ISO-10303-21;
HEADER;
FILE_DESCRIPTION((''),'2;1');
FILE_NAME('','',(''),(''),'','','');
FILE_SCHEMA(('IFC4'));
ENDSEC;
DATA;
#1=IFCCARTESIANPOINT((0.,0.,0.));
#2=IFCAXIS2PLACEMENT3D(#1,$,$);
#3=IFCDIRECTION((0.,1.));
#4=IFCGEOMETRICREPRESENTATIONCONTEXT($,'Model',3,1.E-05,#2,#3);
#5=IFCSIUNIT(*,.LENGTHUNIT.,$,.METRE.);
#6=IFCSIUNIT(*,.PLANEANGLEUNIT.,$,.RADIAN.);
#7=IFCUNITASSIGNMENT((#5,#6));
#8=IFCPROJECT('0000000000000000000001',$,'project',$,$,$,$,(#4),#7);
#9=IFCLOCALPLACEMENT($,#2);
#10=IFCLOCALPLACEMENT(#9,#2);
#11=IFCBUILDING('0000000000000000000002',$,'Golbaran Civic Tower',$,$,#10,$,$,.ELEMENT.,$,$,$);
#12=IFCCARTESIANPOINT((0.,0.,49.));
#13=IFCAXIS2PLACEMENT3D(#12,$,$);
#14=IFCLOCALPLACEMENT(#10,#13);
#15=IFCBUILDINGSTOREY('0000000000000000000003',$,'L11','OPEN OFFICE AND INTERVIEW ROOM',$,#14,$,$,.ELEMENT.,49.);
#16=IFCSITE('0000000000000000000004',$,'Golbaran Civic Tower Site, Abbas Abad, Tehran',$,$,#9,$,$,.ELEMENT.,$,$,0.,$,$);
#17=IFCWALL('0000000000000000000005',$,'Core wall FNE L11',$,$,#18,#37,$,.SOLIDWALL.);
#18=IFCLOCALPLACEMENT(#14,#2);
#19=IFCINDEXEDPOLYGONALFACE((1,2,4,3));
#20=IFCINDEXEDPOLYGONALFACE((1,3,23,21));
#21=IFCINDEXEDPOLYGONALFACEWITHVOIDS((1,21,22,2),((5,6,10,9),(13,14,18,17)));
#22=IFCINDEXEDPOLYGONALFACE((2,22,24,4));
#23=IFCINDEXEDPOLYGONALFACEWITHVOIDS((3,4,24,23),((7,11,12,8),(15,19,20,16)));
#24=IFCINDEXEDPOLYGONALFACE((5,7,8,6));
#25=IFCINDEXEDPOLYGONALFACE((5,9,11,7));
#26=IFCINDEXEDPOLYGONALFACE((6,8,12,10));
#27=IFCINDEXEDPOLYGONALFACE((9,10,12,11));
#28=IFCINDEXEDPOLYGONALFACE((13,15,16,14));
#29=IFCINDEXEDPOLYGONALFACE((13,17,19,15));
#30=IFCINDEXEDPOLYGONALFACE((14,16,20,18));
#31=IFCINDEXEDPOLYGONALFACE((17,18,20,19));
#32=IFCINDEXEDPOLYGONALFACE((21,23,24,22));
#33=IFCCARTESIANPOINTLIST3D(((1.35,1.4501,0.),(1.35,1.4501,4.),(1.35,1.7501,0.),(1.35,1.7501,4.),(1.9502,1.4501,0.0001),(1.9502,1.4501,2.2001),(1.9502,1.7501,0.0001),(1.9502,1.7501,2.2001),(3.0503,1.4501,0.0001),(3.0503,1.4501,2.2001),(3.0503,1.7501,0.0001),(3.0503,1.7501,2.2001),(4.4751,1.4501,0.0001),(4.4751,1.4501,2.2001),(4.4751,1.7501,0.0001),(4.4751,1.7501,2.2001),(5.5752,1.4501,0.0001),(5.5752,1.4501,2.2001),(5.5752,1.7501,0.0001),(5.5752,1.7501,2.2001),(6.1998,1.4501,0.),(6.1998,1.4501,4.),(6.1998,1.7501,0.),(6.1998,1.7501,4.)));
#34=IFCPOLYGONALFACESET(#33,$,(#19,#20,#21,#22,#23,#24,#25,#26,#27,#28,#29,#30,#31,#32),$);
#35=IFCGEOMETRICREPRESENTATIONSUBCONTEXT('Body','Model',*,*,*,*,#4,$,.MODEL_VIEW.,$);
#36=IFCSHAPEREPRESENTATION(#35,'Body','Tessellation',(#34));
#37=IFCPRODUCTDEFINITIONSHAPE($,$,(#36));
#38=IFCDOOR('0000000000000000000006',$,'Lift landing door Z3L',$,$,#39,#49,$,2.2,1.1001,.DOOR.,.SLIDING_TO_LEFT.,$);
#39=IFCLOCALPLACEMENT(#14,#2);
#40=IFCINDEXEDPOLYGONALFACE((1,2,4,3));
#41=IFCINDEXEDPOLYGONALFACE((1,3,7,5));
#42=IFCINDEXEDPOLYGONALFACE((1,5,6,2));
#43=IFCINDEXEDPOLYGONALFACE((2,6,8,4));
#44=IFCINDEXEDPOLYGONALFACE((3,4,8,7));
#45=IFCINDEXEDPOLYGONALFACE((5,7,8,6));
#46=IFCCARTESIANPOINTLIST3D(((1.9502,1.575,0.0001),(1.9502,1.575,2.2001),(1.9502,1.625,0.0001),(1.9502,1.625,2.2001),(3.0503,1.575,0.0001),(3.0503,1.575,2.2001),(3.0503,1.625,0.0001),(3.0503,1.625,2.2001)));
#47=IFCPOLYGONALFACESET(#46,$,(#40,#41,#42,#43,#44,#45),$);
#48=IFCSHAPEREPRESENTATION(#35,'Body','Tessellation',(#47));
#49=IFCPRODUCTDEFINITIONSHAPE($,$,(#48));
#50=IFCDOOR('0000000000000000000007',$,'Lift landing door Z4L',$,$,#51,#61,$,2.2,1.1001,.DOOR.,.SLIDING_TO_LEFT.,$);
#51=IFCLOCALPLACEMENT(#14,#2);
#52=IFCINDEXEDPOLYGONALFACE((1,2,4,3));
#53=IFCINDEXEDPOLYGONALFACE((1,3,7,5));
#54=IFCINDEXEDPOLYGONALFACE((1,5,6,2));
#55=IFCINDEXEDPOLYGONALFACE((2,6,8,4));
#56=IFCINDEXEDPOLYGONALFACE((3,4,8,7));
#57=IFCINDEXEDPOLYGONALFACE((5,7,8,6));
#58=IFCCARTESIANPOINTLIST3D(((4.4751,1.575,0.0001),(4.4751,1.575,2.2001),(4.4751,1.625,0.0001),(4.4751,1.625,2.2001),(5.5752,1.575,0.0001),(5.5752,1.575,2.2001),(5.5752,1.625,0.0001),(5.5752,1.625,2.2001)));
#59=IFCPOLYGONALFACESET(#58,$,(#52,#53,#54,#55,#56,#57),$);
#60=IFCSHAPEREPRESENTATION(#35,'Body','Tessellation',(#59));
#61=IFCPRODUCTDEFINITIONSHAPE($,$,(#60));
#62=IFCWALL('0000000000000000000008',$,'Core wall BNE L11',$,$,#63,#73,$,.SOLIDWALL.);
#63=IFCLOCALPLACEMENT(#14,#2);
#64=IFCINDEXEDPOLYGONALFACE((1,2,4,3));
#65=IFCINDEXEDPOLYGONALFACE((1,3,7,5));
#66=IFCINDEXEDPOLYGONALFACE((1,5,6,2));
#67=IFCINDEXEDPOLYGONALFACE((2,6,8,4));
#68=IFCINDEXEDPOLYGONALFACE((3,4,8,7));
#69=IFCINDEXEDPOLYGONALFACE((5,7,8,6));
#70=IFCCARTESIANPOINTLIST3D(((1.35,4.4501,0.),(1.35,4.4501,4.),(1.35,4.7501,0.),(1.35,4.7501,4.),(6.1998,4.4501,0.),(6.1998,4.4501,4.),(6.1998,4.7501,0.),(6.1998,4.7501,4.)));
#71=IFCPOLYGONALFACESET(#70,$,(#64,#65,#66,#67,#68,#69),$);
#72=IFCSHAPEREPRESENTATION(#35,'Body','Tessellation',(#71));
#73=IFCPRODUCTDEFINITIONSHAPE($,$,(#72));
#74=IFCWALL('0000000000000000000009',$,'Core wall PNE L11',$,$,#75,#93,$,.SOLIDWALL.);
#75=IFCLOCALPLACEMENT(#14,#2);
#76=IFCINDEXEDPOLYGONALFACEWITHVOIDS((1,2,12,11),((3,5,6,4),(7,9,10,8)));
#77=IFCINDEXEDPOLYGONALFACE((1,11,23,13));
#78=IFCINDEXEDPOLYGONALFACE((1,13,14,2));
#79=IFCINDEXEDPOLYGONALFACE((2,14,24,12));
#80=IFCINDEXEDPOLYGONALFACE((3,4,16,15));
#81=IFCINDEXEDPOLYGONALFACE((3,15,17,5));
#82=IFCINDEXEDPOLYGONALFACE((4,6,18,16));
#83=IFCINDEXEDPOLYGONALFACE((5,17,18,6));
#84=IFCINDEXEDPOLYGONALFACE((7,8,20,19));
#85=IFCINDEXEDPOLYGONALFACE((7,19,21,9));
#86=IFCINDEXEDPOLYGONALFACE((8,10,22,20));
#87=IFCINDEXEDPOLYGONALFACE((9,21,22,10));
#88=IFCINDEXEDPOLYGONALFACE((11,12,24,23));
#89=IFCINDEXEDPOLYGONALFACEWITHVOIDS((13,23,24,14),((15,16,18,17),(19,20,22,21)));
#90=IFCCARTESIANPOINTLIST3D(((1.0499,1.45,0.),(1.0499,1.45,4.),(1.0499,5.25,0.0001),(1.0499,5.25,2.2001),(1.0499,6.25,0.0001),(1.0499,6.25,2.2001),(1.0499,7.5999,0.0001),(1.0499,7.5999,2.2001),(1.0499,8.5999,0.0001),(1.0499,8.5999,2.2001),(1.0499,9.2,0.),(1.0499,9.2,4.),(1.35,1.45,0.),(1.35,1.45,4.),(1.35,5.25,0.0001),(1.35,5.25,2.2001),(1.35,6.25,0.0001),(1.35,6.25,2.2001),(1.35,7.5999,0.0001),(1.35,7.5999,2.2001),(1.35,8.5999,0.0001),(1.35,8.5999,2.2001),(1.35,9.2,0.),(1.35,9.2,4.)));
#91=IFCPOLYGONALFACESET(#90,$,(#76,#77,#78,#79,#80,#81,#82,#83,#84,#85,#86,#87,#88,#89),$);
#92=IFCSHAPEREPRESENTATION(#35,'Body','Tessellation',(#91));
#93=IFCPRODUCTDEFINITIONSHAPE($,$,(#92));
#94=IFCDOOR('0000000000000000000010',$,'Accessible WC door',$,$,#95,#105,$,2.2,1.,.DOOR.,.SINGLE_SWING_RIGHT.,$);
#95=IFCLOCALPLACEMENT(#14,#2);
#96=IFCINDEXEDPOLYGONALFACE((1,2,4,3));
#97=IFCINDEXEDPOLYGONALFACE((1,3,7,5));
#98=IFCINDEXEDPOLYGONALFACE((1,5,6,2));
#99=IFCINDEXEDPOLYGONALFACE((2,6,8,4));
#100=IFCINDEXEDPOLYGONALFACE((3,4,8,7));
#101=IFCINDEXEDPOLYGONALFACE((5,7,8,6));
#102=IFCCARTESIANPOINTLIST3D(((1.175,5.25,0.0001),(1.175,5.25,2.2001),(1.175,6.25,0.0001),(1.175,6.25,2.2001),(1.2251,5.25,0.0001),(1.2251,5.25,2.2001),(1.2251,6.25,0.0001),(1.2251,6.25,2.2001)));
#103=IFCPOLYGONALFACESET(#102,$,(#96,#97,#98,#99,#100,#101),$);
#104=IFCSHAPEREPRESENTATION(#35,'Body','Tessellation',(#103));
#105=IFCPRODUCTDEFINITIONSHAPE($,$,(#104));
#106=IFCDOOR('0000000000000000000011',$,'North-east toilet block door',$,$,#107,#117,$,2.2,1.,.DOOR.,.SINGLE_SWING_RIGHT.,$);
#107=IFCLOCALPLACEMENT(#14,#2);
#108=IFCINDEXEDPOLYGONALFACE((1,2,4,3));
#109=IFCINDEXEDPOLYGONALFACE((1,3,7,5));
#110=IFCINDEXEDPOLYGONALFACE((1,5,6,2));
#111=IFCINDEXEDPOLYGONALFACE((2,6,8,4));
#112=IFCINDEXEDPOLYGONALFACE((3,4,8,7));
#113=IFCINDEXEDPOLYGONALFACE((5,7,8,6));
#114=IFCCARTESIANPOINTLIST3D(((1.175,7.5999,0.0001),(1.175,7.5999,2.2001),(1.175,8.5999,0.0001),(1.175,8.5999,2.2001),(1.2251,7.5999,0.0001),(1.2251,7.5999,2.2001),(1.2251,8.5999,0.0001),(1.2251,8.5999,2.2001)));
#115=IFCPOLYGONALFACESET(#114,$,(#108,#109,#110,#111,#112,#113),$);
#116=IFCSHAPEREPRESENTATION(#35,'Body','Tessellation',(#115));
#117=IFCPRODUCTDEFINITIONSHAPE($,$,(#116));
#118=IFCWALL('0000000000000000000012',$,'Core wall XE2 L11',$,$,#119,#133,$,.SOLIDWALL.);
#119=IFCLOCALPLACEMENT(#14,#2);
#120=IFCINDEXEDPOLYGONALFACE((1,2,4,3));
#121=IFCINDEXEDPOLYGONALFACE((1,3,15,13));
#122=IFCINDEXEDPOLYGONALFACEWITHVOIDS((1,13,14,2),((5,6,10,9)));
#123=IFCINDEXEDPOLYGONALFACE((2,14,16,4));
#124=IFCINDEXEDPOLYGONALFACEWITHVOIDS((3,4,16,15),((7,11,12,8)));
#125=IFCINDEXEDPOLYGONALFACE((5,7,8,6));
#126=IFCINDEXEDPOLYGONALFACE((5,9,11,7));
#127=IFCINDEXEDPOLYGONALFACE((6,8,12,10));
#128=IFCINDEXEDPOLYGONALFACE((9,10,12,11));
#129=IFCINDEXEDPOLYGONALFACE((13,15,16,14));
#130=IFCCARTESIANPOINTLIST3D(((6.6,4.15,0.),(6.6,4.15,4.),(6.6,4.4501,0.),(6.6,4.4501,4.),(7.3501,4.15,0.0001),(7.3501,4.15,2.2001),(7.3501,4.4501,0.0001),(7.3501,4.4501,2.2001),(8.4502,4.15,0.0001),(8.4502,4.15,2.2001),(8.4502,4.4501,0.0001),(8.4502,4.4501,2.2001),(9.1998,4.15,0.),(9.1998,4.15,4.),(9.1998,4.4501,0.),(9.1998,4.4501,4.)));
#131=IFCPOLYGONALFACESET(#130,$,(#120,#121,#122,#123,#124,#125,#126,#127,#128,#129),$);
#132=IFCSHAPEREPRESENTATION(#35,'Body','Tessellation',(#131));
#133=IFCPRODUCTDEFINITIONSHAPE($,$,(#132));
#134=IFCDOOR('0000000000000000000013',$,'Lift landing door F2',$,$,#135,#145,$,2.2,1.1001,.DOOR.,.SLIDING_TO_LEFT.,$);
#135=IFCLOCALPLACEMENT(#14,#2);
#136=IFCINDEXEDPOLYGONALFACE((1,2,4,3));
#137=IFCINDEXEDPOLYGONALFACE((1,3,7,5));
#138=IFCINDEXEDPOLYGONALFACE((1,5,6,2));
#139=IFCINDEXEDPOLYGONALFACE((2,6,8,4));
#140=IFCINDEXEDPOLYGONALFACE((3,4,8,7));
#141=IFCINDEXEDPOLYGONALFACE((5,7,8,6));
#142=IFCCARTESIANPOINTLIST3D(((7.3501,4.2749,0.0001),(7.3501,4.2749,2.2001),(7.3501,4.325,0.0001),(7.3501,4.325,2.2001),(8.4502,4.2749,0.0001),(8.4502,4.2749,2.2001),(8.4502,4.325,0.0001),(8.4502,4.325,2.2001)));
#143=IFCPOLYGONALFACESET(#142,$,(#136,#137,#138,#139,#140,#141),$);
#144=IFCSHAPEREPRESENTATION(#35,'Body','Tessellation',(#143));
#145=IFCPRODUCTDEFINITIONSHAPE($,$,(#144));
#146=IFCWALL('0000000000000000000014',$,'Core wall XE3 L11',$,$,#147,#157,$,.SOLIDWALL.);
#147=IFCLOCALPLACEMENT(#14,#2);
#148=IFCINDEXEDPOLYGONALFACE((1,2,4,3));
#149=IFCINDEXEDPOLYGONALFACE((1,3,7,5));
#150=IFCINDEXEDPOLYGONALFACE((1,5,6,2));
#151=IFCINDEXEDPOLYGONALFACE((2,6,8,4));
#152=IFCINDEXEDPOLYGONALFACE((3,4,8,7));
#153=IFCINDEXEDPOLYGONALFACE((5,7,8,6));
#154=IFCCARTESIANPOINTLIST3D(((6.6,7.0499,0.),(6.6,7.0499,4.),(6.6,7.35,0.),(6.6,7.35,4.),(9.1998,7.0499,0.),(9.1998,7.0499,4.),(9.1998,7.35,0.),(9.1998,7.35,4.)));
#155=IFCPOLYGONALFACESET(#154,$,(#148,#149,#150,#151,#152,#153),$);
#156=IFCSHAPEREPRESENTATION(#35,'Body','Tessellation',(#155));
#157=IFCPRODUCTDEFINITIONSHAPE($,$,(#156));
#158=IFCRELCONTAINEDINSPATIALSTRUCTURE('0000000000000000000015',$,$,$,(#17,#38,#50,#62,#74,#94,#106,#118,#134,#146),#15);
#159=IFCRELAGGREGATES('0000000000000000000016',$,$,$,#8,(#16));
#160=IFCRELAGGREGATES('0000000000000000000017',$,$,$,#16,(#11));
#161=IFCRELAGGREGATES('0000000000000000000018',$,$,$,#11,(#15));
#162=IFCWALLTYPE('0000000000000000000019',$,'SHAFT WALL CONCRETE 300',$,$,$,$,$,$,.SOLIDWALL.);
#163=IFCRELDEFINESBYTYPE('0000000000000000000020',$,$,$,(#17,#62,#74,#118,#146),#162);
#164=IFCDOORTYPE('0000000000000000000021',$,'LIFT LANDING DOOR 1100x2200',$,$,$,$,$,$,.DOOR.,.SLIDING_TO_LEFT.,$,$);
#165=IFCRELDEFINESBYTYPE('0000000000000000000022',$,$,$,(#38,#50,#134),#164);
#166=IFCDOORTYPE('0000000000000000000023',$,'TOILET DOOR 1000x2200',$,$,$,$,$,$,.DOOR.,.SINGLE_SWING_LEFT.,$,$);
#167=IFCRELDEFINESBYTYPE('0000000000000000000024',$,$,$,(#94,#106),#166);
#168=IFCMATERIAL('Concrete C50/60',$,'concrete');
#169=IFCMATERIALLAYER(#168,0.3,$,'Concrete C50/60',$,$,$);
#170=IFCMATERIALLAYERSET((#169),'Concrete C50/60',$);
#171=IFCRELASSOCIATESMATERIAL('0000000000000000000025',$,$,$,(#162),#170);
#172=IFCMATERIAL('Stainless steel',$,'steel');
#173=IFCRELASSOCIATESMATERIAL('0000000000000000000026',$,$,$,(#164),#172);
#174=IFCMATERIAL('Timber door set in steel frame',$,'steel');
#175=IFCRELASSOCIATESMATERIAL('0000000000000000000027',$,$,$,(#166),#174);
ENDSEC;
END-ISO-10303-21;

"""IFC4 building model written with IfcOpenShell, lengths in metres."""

from ifc_helpers import new_model, si_unit, direction, frame, frame_2d, origin, place, context, subcontext, project, spatial, rectangle, extrude, material, layer, layer_set, type_object, element, fill, save


model = new_model("IFC4")

# Units and contexts
model_context = context("Model", 3, precision=1e-05, world=origin(), true_north=direction((0.0, 1.0)))
body_context = subcontext(model_context, "Body", "Model", "MODEL_VIEW")
ifc_project = project(units=[si_unit("LENGTHUNIT", "METRE"), si_unit("PLANEANGLEUNIT", "RADIAN")], contexts=[model_context])

# Site, building, storey
site_placement = place(None, origin())
site = spatial("IfcSite", under=ifc_project, at=site_placement, Name="Golbaran Civic Tower Site, Abbas Abad, Tehran", CompositionType="ELEMENT", RefElevation=0.0)
building_placement = place(site_placement, origin())
building = spatial("IfcBuilding", under=site, at=building_placement, Name="Golbaran Civic Tower", CompositionType="ELEMENT")
storey_placement = place(building_placement, frame((0.0, 0.0, 49.0)))
storey = spatial("IfcBuildingStorey", under=building, at=storey_placement, Name="L11", Description="OPEN OFFICE AND INTERVIEW ROOM", CompositionType="ELEMENT", Elevation=49.0)

# Shared definitions
ifc_material_1 = material(Name="Timber door set in steel frame", Category="steel")

# Shared definitions
ifc_material_2 = material(Name="Concrete C50/60", Category="concrete")

# Wall, openings, doors
ifc_layer_1 = layer(ifc_material_2, 0.3, Name="Concrete C50/60")
ifc_layer_set_1 = layer_set([ifc_layer_1], Name="Concrete C50/60")
wall_type_1 = type_object("IfcWallType", Name="SHAFT WALL CONCRETE 300", PredefinedType="SOLIDWALL", material=ifc_layer_set_1)
wall_1_placement = place(storey_placement, frame((1.3501, 1.6001, 0.0), z_axis=(0.0, 0.0, 1.0), x_axis=(1.0, 0.0, 0.0)))
wall_1 = element("IfcWall", 1, at=wall_1_placement, inside=storey, type_object=wall_type_1, Name="Core wall FNE L11", PredefinedType="SOLIDWALL", context=body_context, shape_type="SweptSolid", body=[
    extrude(rectangle(XDim=4.8499, YDim=0.3, at=frame_2d((2.4248, 0.0))), origin(), (0.0, 0.0, 1.0), 4.0),
])
opening_1_placement = place(wall_1_placement, frame((0.6001, 0.0, 0.0)))
opening_1 = element("IfcOpeningElement", 2, at=opening_1_placement, cuts=wall_1, PredefinedType="OPENING", context=body_context, shape_type="SweptSolid", body=[
    extrude(rectangle(XDim=1.1001, YDim=2.2, at=frame_2d((0.55, 1.1001))), frame((0.0, 0.1599, 0.0), z_axis=(0.0, -1.0, 0.0), x_axis=(1.0, 0.0, 0.0)), (0.0, 0.0, 1.0), 0.3201),
])
opening_2_placement = place(wall_1_placement, frame((3.125, 0.0, 0.0)))
opening_2 = element("IfcOpeningElement", 3, at=opening_2_placement, cuts=wall_1, PredefinedType="OPENING", context=body_context, shape_type="SweptSolid", body=[
    extrude(rectangle(XDim=1.1001, YDim=2.2, at=frame_2d((0.55, 1.1001))), frame((0.0, 0.1599, 0.0), z_axis=(0.0, -1.0, 0.0), x_axis=(1.0, 0.0, 0.0)), (0.0, 0.0, 1.0), 0.3201),
])
ifc_material_3 = material(Name="Stainless steel", Category="steel")
door_type_1 = type_object("IfcDoorType", Name="LIFT LANDING DOOR 1100x2200", OperationType="SLIDING_TO_LEFT", PredefinedType="DOOR", material=ifc_material_3)
door_1_placement = place(opening_1_placement, origin())
door_1 = element("IfcDoor", 4, at=door_1_placement, inside=storey, type_object=door_type_1, Name="Lift landing door Z3L", OperationType="SLIDING_TO_LEFT", OverallHeight=2.2, OverallWidth=1.1001, PredefinedType="DOOR", context=body_context, shape_type="SweptSolid", body=[
    extrude(rectangle(XDim=1.1001, YDim=2.2, at=frame_2d((0.55, 1.1001))), frame((0.0, 0.0249, 0.0), z_axis=(0.0, -1.0, 0.0), x_axis=(1.0, 0.0, 0.0)), (0.0, 0.0, 1.0), 0.05),
])
fill(opening_1, door_1)
door_2_placement = place(opening_2_placement, origin())
door_2 = element("IfcDoor", 5, at=door_2_placement, inside=storey, type_object=door_type_1, Name="Lift landing door Z4L", OperationType="SLIDING_TO_LEFT", OverallHeight=2.2, OverallWidth=1.1001, PredefinedType="DOOR", context=body_context, shape_type="SweptSolid", body=[
    extrude(rectangle(XDim=1.1001, YDim=2.2, at=frame_2d((0.55, 1.1001))), frame((0.0, 0.0249, 0.0), z_axis=(0.0, -1.0, 0.0), x_axis=(1.0, 0.0, 0.0)), (0.0, 0.0, 1.0), 0.05),
])
fill(opening_2, door_2)

# Wall
wall_2_placement = place(storey_placement, frame((1.3501, 4.6001, 0.0), z_axis=(0.0, 0.0, 1.0), x_axis=(1.0, 0.0, 0.0)))
element("IfcWall", 6, at=wall_2_placement, inside=storey, type_object=wall_type_1, Name="Core wall BNE L11", PredefinedType="SOLIDWALL", context=body_context, shape_type="SweptSolid", body=[
    extrude(rectangle(XDim=4.8499, YDim=0.3, at=frame_2d((2.4248, 0.0))), origin(), (0.0, 0.0, 1.0), 4.0),
])

# Wall, openings, doors
wall_3_placement = place(storey_placement, frame((1.2, 1.45, 0.0), z_axis=(0.0, 0.0, 1.0), x_axis=(0.0, 1.0, 0.0)))
wall_3 = element("IfcWall", 7, at=wall_3_placement, inside=storey, type_object=wall_type_1, Name="Core wall PNE L11", PredefinedType="SOLIDWALL", context=body_context, shape_type="SweptSolid", body=[
    extrude(rectangle(XDim=7.75, YDim=0.3, at=frame_2d((3.875, 0.0))), origin(), (0.0, 0.0, 1.0), 4.0),
])
opening_3_placement = place(wall_3_placement, frame((3.8, 0.0, 0.0)))
opening_3 = element("IfcOpeningElement", 8, at=opening_3_placement, cuts=wall_3, PredefinedType="OPENING", context=body_context, shape_type="SweptSolid", body=[
    extrude(rectangle(XDim=1.0, YDim=2.2, at=frame_2d((0.5, 1.1001))), frame((0.0, 0.1599, 0.0), z_axis=(0.0, -1.0, 0.0), x_axis=(1.0, 0.0, 0.0)), (0.0, 0.0, 1.0), 0.3201),
])
opening_4_placement = place(wall_3_placement, frame((6.1499, 0.0, 0.0)))
opening_4 = element("IfcOpeningElement", 9, at=opening_4_placement, cuts=wall_3, PredefinedType="OPENING", context=body_context, shape_type="SweptSolid", body=[
    extrude(rectangle(XDim=1.0, YDim=2.2, at=frame_2d((0.5, 1.1001))), frame((0.0, 0.1599, 0.0), z_axis=(0.0, -1.0, 0.0), x_axis=(1.0, 0.0, 0.0)), (0.0, 0.0, 1.0), 0.3201),
])
door_type_2 = type_object("IfcDoorType", Name="TOILET DOOR 1000x2200", OperationType="SINGLE_SWING_LEFT", PredefinedType="DOOR", material=ifc_material_1)
door_3_placement = place(opening_3_placement, origin())
door_3 = element("IfcDoor", 10, at=door_3_placement, inside=storey, type_object=door_type_2, Name="Accessible WC door", OperationType="SINGLE_SWING_RIGHT", OverallHeight=2.2, OverallWidth=1.0, PredefinedType="DOOR", context=body_context, shape_type="SweptSolid", body=[
    extrude(rectangle(XDim=1.0, YDim=2.2, at=frame_2d((0.5, 1.1001))), frame((0.0, 0.0249, 0.0), z_axis=(0.0, -1.0, 0.0), x_axis=(1.0, 0.0, 0.0)), (0.0, 0.0, 1.0), 0.05),
])
fill(opening_3, door_3)
door_4_placement = place(opening_4_placement, origin())
door_4 = element("IfcDoor", 11, at=door_4_placement, inside=storey, type_object=door_type_2, Name="North-east toilet block door", OperationType="SINGLE_SWING_RIGHT", OverallHeight=2.2, OverallWidth=1.0, PredefinedType="DOOR", context=body_context, shape_type="SweptSolid", body=[
    extrude(rectangle(XDim=1.0, YDim=2.2, at=frame_2d((0.5, 1.1001))), frame((0.0, 0.0249, 0.0), z_axis=(0.0, -1.0, 0.0), x_axis=(1.0, 0.0, 0.0)), (0.0, 0.0, 1.0), 0.05),
])
fill(opening_4, door_4)

# Wall, opening, door
wall_4_placement = place(storey_placement, frame((6.6001, 4.3, 0.0), z_axis=(0.0, 0.0, 1.0), x_axis=(1.0, 0.0, 0.0)))
wall_4 = element("IfcWall", 12, at=wall_4_placement, inside=storey, type_object=wall_type_1, Name="Core wall XE2 L11", PredefinedType="SOLIDWALL", context=body_context, shape_type="SweptSolid", body=[
    extrude(rectangle(XDim=2.5999, YDim=0.3, at=frame_2d((1.2998, 0.0))), origin(), (0.0, 0.0, 1.0), 4.0),
])
opening_5_placement = place(wall_4_placement, frame((0.75, 0.0, 0.0)))
opening_5 = element("IfcOpeningElement", 13, at=opening_5_placement, cuts=wall_4, PredefinedType="OPENING", context=body_context, shape_type="SweptSolid", body=[
    extrude(rectangle(XDim=1.1001, YDim=2.2, at=frame_2d((0.55, 1.1001))), frame((0.0, 0.1599, 0.0), z_axis=(0.0, -1.0, 0.0), x_axis=(1.0, 0.0, 0.0)), (0.0, 0.0, 1.0), 0.3201),
])
door_5_placement = place(opening_5_placement, origin())
door_5 = element("IfcDoor", 14, at=door_5_placement, inside=storey, type_object=door_type_1, Name="Lift landing door F2", OperationType="SLIDING_TO_LEFT", OverallHeight=2.2, OverallWidth=1.1001, PredefinedType="DOOR", context=body_context, shape_type="SweptSolid", body=[
    extrude(rectangle(XDim=1.1001, YDim=2.2, at=frame_2d((0.55, 1.1001))), frame((0.0, 0.0249, 0.0), z_axis=(0.0, -1.0, 0.0), x_axis=(1.0, 0.0, 0.0)), (0.0, 0.0, 1.0), 0.05),
])
fill(opening_5, door_5)

# Wall
wall_5_placement = place(storey_placement, frame((6.6001, 7.2, 0.0), z_axis=(0.0, 0.0, 1.0), x_axis=(1.0, 0.0, 0.0)))
element("IfcWall", 15, at=wall_5_placement, inside=storey, type_object=wall_type_1, Name="Core wall XE3 L11", PredefinedType="SOLIDWALL", context=body_context, shape_type="SweptSolid", body=[
    extrude(rectangle(XDim=2.5999, YDim=0.3, at=frame_2d((1.2998, 0.0))), origin(), (0.0, 0.0, 1.0), 4.0),
])

save(model, "model.ifc")
